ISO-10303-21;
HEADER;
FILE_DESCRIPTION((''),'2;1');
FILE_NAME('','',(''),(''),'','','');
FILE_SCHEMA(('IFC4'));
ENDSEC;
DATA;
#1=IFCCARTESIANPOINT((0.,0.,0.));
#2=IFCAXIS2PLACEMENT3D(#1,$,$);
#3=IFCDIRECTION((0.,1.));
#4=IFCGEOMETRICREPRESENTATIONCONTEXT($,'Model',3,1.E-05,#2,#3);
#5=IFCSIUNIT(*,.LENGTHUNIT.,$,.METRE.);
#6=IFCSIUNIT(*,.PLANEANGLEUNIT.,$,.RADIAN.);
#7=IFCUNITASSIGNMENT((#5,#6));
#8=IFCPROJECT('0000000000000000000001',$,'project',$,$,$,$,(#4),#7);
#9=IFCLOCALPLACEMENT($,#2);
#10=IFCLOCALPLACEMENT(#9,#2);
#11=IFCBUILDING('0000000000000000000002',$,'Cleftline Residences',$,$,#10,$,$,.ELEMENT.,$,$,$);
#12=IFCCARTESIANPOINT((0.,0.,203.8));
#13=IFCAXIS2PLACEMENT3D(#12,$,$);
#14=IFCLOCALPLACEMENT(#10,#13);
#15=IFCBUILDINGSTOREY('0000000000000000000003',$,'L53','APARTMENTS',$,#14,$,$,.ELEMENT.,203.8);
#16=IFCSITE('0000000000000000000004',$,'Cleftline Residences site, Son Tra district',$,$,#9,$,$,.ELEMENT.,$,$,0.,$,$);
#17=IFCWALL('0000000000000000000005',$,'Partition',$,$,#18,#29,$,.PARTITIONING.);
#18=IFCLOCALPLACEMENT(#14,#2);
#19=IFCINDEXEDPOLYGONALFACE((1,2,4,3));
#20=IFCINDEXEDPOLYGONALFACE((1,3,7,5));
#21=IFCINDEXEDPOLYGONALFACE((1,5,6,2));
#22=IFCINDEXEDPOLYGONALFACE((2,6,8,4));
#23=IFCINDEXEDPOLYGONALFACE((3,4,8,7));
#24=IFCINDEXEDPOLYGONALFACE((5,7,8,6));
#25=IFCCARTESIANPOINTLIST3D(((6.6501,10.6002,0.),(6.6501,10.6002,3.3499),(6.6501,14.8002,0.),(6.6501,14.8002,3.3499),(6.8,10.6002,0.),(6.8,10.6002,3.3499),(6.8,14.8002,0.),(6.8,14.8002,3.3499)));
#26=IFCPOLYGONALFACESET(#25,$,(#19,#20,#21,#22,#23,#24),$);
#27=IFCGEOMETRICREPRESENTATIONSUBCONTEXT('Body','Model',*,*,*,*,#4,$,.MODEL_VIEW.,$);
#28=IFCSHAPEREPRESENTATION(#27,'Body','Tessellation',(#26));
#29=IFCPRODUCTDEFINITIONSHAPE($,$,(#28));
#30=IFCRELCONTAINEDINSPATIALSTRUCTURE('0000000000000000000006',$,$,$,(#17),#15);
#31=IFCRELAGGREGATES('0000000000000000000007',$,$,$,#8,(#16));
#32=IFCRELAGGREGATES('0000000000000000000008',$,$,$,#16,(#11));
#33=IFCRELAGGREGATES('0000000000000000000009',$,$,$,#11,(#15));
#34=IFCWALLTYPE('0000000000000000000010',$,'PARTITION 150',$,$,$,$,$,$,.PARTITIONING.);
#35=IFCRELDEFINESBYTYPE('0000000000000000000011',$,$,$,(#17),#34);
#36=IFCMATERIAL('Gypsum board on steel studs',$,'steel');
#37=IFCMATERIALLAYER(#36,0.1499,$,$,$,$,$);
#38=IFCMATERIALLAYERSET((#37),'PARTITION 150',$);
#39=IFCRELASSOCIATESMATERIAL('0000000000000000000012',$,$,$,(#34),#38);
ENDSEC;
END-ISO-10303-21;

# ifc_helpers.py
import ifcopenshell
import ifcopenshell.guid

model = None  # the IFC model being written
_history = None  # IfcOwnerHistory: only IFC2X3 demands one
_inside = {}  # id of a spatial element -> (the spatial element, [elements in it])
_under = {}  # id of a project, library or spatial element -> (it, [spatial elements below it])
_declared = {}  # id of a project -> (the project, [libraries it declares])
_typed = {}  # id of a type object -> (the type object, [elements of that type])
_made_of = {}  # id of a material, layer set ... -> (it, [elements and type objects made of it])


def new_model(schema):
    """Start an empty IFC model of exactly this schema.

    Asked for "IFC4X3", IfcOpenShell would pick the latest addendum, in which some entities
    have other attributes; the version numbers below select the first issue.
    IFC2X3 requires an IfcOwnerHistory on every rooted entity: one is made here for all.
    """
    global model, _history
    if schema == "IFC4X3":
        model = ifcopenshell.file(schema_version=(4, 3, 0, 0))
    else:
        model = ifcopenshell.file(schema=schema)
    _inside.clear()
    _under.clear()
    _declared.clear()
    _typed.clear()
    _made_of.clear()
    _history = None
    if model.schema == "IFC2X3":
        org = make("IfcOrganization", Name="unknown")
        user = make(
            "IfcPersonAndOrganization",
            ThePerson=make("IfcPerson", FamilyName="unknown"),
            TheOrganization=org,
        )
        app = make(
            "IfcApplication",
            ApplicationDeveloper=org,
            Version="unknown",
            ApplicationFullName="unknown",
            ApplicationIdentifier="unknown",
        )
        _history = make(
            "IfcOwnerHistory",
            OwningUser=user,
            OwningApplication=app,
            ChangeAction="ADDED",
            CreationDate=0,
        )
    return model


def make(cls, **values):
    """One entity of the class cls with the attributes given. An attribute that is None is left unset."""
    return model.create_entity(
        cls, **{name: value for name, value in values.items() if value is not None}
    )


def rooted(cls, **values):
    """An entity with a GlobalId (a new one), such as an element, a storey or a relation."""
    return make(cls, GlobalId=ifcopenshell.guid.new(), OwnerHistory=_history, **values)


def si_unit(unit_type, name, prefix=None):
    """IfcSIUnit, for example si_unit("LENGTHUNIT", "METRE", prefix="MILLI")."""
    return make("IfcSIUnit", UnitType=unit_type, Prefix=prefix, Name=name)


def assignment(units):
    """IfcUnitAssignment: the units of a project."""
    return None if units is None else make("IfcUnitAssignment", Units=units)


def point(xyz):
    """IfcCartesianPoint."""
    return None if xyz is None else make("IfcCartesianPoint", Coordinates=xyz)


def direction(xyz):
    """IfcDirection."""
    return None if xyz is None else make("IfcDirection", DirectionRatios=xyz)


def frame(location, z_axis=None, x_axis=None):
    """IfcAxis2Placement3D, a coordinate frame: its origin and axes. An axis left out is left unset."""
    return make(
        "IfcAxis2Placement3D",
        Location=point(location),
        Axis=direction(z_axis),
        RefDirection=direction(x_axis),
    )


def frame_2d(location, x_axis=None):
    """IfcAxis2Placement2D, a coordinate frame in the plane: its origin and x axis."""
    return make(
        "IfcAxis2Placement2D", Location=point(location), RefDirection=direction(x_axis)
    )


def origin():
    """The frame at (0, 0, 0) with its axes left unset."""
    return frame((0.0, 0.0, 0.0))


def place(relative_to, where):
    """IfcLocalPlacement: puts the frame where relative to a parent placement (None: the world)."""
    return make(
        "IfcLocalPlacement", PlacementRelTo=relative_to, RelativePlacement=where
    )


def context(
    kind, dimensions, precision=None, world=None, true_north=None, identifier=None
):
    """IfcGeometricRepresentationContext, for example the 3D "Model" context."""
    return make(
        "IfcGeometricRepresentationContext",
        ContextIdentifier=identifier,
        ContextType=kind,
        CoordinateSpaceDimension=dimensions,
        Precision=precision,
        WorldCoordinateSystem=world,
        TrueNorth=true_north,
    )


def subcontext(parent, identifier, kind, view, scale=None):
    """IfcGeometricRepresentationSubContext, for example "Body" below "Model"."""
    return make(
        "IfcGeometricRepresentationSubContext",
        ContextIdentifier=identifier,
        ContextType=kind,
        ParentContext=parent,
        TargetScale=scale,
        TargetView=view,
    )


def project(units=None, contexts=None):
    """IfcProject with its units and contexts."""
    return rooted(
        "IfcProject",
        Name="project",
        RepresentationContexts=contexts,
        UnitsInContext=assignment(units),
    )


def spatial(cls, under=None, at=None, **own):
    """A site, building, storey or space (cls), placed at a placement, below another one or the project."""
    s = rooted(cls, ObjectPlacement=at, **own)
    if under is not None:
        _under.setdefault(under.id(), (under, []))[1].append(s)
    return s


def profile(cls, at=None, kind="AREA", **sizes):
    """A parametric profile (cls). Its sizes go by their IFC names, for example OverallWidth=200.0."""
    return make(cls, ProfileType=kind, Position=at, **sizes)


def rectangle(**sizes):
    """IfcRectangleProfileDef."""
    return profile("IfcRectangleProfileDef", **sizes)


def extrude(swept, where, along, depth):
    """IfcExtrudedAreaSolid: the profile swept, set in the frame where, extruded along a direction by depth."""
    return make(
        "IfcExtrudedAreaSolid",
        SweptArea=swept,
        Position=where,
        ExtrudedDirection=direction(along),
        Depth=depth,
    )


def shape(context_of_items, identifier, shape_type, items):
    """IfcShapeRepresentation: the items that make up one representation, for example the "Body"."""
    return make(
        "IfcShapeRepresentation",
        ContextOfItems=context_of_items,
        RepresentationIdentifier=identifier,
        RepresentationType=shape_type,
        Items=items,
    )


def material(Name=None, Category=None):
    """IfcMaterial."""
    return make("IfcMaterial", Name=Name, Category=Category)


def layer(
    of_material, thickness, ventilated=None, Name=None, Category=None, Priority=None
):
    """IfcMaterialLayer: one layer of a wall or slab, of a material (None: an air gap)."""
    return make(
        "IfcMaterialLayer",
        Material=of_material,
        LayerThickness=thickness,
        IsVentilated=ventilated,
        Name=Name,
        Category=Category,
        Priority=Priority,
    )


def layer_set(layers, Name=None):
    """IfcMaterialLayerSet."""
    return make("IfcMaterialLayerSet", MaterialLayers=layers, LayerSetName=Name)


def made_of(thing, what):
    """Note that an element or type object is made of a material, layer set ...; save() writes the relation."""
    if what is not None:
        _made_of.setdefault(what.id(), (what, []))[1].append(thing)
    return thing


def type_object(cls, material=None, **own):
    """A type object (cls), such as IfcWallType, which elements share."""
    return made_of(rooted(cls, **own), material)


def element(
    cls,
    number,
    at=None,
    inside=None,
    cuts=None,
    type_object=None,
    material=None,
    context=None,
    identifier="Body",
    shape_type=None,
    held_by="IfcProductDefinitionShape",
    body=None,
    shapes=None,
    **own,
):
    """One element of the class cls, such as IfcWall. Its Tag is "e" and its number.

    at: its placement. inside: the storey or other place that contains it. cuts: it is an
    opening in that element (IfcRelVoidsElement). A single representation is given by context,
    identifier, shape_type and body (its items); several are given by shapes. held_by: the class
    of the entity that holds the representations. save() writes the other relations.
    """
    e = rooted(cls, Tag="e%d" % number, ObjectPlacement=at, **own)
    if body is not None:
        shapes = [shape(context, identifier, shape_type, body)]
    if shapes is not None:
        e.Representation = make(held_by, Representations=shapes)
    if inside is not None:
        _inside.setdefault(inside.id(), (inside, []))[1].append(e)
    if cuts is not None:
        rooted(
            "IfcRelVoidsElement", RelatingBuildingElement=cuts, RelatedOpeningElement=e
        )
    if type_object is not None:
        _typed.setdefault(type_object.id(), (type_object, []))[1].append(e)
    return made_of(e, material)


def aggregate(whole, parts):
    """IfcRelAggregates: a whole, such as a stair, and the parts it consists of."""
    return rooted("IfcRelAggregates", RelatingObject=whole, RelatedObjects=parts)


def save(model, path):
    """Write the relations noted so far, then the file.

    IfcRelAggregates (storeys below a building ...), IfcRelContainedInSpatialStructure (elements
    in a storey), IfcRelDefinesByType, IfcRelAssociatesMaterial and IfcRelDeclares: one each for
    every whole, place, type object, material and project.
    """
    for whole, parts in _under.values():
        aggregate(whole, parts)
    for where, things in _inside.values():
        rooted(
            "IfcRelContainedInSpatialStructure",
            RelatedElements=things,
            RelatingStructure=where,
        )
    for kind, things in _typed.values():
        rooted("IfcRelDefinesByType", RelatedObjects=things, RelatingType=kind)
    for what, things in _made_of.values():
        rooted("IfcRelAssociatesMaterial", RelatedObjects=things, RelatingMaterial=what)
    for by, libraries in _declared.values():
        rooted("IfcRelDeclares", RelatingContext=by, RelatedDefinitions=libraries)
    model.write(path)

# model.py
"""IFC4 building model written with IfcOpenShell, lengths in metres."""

from ifc_helpers import new_model, si_unit, direction, frame, frame_2d, origin, place, context, subcontext, project, spatial, rectangle, extrude, material, layer, layer_set, type_object, element, save


model = new_model("IFC4")

# Units and contexts
model_context = context("Model", 3, precision=1e-05, world=origin(), true_north=direction((0.0, 1.0)))
body_context = subcontext(model_context, "Body", "Model", "MODEL_VIEW")
ifc_project = project(units=[si_unit("LENGTHUNIT", "METRE"), si_unit("PLANEANGLEUNIT", "RADIAN")], contexts=[model_context])

# Site, building, storey
site_placement = place(None, origin())
site = spatial("IfcSite", under=ifc_project, at=site_placement, Name="Cleftline Residences site, Son Tra district", CompositionType="ELEMENT", RefElevation=0.0)
building_placement = place(site_placement, origin())
building = spatial("IfcBuilding", under=site, at=building_placement, Name="Cleftline Residences", CompositionType="ELEMENT")
storey_placement = place(building_placement, frame((0.0, 0.0, 203.8)))
storey = spatial("IfcBuildingStorey", under=building, at=storey_placement, Name="L53", Description="APARTMENTS", CompositionType="ELEMENT", Elevation=203.8)

# Shared definitions
ifc_material_1 = material(Name="Gypsum board on steel studs", Category="steel")
ifc_layer = layer(ifc_material_1, 0.1499)
ifc_layer_set = layer_set([ifc_layer], Name="PARTITION 150")
wall_type = type_object("IfcWallType", Name="PARTITION 150", PredefinedType="PARTITIONING", material=ifc_layer_set)

# Wall
wall_1_placement = place(storey_placement, frame((6.7251, 10.6001, 0.0), z_axis=(0.0, 0.0, 1.0), x_axis=(0.0, 1.0, 0.0)))
element("IfcWall", 1, at=wall_1_placement, inside=storey, type_object=wall_type, Name="Partition", PredefinedType="PARTITIONING", context=body_context, shape_type="SweptSolid", body=[
    extrude(rectangle(XDim=4.2, YDim=0.1499, at=frame_2d((2.1001, 0.0))), origin(), (0.0, 0.0, 1.0), 3.3499),
])

save(model, "model.ifc")
